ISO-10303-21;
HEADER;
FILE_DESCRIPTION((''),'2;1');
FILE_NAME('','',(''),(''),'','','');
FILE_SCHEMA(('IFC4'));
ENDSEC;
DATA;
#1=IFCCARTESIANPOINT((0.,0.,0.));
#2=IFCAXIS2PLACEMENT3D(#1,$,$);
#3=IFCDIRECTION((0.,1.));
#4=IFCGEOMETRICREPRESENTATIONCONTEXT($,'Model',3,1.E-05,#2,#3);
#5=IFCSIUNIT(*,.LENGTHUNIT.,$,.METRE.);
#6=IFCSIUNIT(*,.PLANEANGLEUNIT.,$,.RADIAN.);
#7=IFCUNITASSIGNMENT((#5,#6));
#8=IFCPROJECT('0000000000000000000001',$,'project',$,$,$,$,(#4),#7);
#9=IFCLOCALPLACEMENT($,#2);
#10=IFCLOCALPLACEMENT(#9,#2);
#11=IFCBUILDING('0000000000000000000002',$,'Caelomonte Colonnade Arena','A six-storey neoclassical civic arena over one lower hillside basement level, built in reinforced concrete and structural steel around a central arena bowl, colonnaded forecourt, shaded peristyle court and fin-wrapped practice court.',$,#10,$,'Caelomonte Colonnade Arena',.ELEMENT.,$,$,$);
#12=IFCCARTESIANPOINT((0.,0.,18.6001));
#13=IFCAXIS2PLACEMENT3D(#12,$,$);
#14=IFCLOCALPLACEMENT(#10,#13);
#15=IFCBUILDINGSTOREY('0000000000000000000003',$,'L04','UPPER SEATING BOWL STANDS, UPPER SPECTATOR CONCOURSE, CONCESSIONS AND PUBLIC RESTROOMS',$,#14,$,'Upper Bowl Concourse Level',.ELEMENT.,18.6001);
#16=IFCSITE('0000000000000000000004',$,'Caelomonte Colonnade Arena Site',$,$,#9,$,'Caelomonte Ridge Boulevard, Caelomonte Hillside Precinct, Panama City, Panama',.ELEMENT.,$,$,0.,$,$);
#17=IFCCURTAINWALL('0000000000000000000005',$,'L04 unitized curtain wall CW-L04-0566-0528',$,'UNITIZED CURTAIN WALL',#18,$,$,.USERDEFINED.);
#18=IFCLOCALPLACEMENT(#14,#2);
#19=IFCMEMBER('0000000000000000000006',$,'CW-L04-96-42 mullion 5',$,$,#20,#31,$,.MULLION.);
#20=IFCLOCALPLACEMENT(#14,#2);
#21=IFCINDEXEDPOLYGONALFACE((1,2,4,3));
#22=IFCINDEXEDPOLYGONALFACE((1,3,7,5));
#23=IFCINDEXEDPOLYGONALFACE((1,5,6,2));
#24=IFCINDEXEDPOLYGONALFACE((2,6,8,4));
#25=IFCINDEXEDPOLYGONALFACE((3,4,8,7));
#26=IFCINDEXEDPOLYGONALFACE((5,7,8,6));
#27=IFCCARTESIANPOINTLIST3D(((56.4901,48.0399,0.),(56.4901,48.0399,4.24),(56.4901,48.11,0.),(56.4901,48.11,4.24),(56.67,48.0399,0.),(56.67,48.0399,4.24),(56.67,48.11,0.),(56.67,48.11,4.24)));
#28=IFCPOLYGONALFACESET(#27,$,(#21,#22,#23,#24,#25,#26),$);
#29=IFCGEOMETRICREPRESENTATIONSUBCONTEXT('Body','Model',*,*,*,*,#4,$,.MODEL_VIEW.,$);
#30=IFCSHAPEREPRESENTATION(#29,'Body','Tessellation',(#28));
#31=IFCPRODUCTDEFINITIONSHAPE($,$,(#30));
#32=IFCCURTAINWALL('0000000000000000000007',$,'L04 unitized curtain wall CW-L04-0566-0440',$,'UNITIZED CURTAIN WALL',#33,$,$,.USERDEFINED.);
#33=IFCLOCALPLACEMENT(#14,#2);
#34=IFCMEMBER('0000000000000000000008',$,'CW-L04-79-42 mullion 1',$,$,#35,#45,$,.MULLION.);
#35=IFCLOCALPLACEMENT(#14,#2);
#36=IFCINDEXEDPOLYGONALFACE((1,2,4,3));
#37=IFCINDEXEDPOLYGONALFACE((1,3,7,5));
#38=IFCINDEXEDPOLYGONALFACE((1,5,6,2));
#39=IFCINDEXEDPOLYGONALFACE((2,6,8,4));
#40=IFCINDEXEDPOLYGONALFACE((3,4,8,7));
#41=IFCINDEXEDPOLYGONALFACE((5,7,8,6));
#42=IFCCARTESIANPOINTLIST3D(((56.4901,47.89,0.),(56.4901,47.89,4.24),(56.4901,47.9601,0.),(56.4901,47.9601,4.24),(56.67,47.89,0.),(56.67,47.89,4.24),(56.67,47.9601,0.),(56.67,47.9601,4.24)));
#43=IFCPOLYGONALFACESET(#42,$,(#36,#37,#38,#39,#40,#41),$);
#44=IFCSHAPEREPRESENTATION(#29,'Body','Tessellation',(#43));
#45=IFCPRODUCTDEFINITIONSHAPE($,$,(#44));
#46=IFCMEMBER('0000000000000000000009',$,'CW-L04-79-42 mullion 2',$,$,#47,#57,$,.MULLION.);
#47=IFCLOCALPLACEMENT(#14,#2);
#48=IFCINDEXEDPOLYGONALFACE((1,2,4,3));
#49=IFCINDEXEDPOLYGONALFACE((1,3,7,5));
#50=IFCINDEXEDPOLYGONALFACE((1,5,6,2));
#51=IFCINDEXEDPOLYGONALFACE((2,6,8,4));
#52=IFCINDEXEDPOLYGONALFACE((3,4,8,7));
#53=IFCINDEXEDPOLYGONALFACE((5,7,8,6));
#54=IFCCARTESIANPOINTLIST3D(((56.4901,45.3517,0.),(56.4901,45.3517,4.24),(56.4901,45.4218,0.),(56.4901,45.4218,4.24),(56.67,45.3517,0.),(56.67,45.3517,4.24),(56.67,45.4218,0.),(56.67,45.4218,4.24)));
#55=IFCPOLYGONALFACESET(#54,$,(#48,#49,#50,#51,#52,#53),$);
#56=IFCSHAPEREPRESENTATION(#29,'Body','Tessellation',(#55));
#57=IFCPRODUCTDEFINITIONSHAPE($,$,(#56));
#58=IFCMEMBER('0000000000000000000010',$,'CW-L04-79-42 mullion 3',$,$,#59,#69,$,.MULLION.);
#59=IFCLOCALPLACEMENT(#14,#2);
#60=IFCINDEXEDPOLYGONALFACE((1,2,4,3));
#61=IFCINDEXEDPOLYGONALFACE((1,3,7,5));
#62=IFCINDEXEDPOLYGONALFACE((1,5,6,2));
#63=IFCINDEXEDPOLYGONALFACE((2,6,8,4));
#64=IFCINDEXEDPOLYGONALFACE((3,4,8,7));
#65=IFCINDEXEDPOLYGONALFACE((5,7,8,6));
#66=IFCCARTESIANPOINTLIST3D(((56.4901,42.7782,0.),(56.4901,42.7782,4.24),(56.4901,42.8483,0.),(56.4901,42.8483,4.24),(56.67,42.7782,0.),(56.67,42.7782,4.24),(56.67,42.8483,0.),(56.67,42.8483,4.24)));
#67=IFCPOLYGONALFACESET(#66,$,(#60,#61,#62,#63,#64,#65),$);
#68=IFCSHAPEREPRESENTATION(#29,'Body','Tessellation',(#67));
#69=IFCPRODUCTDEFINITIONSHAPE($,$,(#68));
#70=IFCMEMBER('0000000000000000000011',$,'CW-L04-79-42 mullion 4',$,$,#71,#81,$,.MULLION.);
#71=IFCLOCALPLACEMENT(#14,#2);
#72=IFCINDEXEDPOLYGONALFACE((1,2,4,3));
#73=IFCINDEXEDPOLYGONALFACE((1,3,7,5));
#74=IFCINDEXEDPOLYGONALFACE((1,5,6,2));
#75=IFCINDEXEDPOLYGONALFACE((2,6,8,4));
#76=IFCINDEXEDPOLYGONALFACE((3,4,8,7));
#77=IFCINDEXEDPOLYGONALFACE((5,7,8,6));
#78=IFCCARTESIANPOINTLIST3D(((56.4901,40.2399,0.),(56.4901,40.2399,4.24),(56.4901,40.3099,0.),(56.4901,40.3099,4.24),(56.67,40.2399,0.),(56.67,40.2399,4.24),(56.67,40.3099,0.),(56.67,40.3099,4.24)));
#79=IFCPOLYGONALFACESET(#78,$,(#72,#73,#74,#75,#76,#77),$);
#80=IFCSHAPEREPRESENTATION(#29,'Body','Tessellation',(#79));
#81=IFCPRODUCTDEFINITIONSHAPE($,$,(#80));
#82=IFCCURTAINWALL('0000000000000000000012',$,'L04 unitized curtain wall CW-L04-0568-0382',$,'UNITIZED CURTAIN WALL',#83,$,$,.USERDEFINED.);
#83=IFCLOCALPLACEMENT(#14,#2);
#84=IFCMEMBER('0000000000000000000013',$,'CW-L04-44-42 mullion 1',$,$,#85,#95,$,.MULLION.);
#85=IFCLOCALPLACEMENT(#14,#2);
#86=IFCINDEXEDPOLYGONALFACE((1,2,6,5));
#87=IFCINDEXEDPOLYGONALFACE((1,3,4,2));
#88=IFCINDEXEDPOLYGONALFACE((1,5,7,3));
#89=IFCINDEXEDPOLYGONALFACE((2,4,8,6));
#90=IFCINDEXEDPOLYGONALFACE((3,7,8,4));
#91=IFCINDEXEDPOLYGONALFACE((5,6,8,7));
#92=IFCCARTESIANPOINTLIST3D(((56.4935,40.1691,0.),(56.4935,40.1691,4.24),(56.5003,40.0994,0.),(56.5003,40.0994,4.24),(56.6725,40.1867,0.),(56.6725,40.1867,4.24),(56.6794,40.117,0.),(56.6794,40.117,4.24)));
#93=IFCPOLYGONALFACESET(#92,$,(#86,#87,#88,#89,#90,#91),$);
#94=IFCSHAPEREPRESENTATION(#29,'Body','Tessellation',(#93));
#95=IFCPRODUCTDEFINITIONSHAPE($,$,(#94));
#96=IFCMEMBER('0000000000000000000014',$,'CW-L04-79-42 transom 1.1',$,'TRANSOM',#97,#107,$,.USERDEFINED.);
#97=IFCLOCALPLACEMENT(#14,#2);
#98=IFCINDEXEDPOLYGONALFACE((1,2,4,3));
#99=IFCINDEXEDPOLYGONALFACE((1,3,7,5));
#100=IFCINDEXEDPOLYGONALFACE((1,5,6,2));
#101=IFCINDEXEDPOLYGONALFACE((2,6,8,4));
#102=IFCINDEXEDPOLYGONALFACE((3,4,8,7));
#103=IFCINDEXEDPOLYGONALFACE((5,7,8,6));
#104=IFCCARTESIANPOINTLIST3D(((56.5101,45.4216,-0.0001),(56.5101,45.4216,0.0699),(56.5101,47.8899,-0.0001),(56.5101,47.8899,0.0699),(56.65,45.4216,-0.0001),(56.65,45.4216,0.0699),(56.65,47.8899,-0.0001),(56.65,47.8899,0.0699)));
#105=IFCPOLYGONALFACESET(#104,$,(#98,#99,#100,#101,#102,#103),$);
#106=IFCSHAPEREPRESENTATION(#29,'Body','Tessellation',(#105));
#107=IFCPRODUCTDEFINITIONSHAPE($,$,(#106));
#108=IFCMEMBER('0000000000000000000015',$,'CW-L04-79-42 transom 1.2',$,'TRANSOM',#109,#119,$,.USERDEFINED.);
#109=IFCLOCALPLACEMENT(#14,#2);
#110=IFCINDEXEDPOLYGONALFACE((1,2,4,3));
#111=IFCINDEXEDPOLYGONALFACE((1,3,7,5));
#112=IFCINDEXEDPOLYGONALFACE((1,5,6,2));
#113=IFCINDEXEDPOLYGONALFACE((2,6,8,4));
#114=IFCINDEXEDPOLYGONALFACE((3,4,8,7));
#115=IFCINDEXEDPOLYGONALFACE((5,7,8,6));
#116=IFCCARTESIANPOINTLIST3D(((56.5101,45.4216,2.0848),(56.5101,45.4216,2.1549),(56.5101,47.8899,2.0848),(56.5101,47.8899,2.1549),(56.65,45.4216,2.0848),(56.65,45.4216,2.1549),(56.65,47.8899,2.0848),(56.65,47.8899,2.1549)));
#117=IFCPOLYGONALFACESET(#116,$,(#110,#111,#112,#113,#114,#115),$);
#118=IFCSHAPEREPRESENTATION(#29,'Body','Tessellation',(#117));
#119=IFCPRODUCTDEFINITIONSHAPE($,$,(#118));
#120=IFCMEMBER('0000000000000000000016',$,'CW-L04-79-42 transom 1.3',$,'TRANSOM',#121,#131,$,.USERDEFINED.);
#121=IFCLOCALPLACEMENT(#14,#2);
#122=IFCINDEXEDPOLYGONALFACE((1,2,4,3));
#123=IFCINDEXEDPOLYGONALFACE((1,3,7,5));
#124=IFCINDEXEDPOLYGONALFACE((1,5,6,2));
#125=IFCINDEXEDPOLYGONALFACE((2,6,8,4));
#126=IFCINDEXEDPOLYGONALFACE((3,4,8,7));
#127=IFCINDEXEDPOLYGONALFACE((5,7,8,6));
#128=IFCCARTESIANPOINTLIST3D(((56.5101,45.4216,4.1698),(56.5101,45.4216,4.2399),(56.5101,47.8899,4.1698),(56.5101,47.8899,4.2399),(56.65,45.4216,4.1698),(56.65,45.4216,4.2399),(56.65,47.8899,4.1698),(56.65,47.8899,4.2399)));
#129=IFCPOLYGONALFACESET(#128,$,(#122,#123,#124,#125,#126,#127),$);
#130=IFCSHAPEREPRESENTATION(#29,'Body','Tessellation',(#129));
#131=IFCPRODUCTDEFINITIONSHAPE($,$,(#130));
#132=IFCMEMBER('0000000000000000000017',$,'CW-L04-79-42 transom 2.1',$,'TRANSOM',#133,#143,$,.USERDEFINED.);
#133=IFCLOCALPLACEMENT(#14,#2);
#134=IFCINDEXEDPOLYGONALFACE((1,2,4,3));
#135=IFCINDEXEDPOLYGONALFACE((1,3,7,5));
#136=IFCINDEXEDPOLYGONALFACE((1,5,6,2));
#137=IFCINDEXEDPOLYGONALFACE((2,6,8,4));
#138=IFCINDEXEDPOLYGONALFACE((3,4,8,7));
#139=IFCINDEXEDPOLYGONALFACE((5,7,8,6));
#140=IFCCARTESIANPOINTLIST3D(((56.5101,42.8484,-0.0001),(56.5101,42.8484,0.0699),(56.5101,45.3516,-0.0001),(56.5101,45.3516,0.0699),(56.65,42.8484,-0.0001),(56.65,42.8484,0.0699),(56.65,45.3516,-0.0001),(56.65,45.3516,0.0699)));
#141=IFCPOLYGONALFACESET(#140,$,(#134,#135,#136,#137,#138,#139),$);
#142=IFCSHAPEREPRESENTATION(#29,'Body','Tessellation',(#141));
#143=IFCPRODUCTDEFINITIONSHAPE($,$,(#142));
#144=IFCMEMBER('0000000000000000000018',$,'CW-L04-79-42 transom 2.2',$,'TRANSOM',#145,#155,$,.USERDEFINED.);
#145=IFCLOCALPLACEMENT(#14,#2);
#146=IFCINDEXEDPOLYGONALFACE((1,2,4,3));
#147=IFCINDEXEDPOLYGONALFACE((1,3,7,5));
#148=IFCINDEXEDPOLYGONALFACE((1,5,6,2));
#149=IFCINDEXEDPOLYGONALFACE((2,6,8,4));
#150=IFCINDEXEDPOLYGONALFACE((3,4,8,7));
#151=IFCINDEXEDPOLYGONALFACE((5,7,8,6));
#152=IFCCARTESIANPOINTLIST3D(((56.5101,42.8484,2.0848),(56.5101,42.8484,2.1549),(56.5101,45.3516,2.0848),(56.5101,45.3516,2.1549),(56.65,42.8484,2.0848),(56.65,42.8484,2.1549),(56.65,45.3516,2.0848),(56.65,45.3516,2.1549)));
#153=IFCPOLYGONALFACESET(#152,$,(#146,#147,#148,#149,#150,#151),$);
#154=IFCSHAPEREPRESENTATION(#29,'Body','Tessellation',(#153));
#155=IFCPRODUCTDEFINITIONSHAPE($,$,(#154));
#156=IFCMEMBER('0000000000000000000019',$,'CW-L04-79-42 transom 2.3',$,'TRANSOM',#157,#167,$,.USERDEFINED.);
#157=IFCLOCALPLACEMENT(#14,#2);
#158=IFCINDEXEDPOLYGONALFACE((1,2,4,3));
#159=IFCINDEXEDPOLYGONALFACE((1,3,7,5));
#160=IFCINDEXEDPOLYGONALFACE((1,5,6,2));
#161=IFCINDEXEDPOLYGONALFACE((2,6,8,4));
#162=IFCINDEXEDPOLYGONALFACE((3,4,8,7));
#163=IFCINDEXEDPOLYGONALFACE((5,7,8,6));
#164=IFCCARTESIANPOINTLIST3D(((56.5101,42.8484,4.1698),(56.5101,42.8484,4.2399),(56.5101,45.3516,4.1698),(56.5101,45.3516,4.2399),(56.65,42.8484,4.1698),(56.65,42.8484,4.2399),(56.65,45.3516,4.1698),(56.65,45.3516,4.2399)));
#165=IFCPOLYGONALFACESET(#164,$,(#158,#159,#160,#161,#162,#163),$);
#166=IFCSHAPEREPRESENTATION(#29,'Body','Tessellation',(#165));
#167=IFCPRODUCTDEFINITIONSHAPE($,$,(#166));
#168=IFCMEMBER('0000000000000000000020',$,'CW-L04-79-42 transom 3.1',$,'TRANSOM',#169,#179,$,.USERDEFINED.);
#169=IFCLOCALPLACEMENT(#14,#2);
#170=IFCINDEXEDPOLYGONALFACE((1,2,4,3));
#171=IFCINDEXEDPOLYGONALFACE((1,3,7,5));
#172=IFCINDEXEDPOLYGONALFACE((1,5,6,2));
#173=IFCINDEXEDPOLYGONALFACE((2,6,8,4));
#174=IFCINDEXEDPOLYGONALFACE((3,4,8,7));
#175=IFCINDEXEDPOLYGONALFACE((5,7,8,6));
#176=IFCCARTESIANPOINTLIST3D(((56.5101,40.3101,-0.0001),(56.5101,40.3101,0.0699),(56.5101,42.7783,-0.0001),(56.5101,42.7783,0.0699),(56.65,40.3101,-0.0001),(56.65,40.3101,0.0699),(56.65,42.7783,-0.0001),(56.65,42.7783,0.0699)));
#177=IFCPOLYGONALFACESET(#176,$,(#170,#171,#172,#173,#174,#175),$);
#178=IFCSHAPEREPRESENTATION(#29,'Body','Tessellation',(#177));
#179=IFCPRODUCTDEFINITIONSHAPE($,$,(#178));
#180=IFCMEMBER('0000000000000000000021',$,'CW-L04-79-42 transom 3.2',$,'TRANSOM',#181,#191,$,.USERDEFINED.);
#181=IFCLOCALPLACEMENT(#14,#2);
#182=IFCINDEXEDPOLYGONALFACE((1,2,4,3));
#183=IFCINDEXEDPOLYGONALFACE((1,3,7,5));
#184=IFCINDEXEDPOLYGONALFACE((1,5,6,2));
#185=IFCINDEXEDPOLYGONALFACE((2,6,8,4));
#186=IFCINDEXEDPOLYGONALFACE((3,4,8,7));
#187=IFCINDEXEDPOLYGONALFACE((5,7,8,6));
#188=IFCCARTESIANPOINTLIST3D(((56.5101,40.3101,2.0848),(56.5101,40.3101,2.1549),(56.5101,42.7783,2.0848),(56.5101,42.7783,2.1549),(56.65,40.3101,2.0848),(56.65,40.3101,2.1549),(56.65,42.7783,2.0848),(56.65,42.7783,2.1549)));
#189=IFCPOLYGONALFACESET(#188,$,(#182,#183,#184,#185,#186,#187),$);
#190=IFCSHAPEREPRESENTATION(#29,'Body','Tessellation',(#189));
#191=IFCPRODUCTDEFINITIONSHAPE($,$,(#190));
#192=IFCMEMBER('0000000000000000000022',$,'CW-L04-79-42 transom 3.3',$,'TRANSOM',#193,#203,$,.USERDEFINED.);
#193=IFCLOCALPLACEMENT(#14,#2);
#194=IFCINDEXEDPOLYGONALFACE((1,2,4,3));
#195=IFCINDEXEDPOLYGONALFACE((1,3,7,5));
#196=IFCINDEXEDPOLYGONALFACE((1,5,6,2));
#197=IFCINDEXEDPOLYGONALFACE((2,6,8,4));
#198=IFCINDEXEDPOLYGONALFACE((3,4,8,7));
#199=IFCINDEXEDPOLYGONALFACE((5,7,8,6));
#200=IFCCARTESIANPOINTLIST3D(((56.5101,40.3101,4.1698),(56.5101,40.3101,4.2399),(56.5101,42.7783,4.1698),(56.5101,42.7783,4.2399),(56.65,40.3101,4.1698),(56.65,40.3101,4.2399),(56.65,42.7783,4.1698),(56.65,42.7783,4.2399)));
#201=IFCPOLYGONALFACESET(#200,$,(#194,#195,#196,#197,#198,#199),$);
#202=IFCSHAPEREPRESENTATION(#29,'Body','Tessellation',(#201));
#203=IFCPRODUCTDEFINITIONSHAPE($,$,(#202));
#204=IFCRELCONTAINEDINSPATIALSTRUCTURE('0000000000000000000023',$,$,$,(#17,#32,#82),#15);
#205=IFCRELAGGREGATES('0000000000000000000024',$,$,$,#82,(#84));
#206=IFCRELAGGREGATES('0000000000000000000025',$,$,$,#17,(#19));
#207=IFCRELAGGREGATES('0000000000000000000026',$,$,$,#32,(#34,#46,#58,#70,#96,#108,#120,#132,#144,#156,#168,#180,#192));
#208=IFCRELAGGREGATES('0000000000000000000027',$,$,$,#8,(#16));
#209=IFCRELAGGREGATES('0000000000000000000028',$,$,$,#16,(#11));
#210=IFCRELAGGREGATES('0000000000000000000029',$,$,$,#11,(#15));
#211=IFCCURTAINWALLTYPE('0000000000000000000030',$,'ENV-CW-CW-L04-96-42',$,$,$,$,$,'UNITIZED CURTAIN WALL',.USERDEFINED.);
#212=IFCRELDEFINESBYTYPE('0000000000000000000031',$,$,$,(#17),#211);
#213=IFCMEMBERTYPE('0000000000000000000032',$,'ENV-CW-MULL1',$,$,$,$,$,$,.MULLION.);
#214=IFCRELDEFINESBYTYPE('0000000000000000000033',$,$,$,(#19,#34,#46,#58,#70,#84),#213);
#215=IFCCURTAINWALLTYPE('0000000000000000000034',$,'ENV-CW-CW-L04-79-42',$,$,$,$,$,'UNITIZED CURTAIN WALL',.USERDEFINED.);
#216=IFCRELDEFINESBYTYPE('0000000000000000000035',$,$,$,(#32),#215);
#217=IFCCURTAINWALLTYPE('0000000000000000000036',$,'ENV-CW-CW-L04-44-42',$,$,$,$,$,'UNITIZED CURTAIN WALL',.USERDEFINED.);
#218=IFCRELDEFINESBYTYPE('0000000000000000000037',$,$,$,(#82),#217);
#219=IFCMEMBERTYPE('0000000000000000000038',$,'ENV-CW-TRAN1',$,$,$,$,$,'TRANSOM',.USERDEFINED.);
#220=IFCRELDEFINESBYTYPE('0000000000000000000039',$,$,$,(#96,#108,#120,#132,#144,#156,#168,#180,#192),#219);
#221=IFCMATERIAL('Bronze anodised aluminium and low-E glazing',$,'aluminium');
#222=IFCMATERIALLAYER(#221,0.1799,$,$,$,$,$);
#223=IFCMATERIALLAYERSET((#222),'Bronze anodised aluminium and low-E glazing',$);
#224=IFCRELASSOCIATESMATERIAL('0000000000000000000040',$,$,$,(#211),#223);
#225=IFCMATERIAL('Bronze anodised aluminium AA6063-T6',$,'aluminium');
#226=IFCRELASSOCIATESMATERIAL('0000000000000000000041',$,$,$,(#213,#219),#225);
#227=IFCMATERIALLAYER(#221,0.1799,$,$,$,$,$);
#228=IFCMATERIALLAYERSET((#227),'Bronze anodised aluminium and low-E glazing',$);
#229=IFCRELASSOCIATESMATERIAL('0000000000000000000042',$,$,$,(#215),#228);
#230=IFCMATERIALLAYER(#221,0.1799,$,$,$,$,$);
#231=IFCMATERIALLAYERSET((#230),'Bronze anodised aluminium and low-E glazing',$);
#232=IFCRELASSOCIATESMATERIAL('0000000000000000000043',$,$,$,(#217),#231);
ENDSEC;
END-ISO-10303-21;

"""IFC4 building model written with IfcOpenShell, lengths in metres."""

from ifc_helpers import new_model, si_unit, direction, frame, origin, origin_2d, place, context, subcontext, project, spatial, rectangle, extrude, material, layer, layer_set, material_profile, profile_set, type_object, element, aggregate, save


model = new_model("IFC4")

# Units and contexts
model_context = context("Model", 3, precision=1e-05, world=origin(), true_north=direction((0.0, 1.0)))
body_context = subcontext(model_context, "Body", "Model", "MODEL_VIEW")
ifc_project = project(units=[si_unit("LENGTHUNIT", "METRE"), si_unit("PLANEANGLEUNIT", "RADIAN")], contexts=[model_context])

# Site, building, storey
site_placement = place(None, origin())
site = spatial("IfcSite", under=ifc_project, at=site_placement, Name="Caelomonte Colonnade Arena Site", LongName="Caelomonte Ridge Boulevard, Caelomonte Hillside Precinct, Panama City, Panama", CompositionType="ELEMENT", RefElevation=0.0)
building_placement = place(site_placement, origin())
building = spatial("IfcBuilding", under=site, at=building_placement, Name="Caelomonte Colonnade Arena", Description="A six-storey neoclassical civic arena over one lower hillside basement level, built in reinforced concrete and structural steel around a central arena bowl, colonnaded forecourt, shaded peristyle court and fin-wrapped practice court.", LongName="Caelomonte Colonnade Arena", CompositionType="ELEMENT")
storey_placement = place(building_placement, frame((0.0, 0.0, 18.6001)))
storey = spatial("IfcBuildingStorey", under=building, at=storey_placement, Name="L04", Description="UPPER SEATING BOWL STANDS, UPPER SPECTATOR CONCOURSE, CONCESSIONS AND PUBLIC RESTROOMS", LongName="Upper Bowl Concourse Level", CompositionType="ELEMENT", Elevation=18.6001)

# Curtain wall, member
ifc_material_1 = material(Name="Bronze anodised aluminium and low-E glazing", Category="aluminium")
ifc_layer_1 = layer(ifc_material_1, 0.1799)
ifc_layer_set_1 = layer_set([ifc_layer_1], Name="Bronze anodised aluminium and low-E glazing")
curtain_wall_type_1 = type_object("IfcCurtainWallType", Name="ENV-CW-CW-L04-96-42", ElementType="UNITIZED CURTAIN WALL", PredefinedType="USERDEFINED", material=ifc_layer_set_1)
curtain_wall_1_placement = place(storey_placement, origin())
curtain_wall_1 = element("IfcCurtainWall", 1, at=curtain_wall_1_placement, inside=storey, type_object=curtain_wall_type_1, Name="L04 unitized curtain wall CW-L04-0566-0528", ObjectType="UNITIZED CURTAIN WALL", PredefinedType="USERDEFINED")
ifc_material_2 = material(Name="Bronze anodised aluminium AA6063-T6", Category="aluminium")
ifc_material_profile_1 = material_profile(ifc_material_2, rectangle(XDim=0.0701, YDim=0.1799, at=origin_2d()), Name="CWM-70X180")
ifc_profile_set_1 = profile_set([ifc_material_profile_1], Name="Bronze anodised aluminium AA6063-T6")
member_type_1 = type_object("IfcMemberType", Name="ENV-CW-MULL1", PredefinedType="MULLION", material=ifc_profile_set_1)
member_1_placement = place(storey_placement, frame((56.5801, 48.075, 0.0), z_axis=(0.0, 0.0, 1.0), x_axis=(0.0, -1.0, 0.0)))
member_1 = element("IfcMember", 2, at=member_1_placement, type_object=member_type_1, Name="CW-L04-96-42 mullion 5", PredefinedType="MULLION", context=body_context, shape_type="SweptSolid", body=[
    extrude(rectangle(XDim=0.0701, YDim=0.1799, at=origin_2d()), origin(), (0.0, 0.0, 1.0), 4.24),
])

# Curtain wall, members
ifc_layer_2 = layer(ifc_material_1, 0.1799)
ifc_layer_set_2 = layer_set([ifc_layer_2], Name="Bronze anodised aluminium and low-E glazing")
curtain_wall_type_2 = type_object("IfcCurtainWallType", Name="ENV-CW-CW-L04-79-42", ElementType="UNITIZED CURTAIN WALL", PredefinedType="USERDEFINED", material=ifc_layer_set_2)
curtain_wall_2_placement = place(storey_placement, origin())
curtain_wall_2 = element("IfcCurtainWall", 3, at=curtain_wall_2_placement, inside=storey, type_object=curtain_wall_type_2, Name="L04 unitized curtain wall CW-L04-0566-0440", ObjectType="UNITIZED CURTAIN WALL", PredefinedType="USERDEFINED")
member_2_placement = place(storey_placement, frame((56.5801, 47.925, 0.0), z_axis=(0.0, 0.0, 1.0), x_axis=(0.0, -1.0, 0.0)))
member_2 = element("IfcMember", 4, at=member_2_placement, type_object=member_type_1, Name="CW-L04-79-42 mullion 1", PredefinedType="MULLION", context=body_context, shape_type="SweptSolid", body=[
    extrude(rectangle(XDim=0.0701, YDim=0.1799, at=origin_2d()), origin(), (0.0, 0.0, 1.0), 4.24),
])
member_3_placement = place(storey_placement, frame((56.5801, 45.3867, 0.0), z_axis=(0.0, 0.0, 1.0), x_axis=(0.0, -1.0, 0.0)))
member_3 = element("IfcMember", 5, at=member_3_placement, type_object=member_type_1, Name="CW-L04-79-42 mullion 2", PredefinedType="MULLION", context=body_context, shape_type="SweptSolid", body=[
    extrude(rectangle(XDim=0.0701, YDim=0.1799, at=origin_2d()), origin(), (0.0, 0.0, 1.0), 4.24),
])
member_4_placement = place(storey_placement, frame((56.5801, 42.8132, 0.0), z_axis=(0.0, 0.0, 1.0), x_axis=(0.0, -1.0, 0.0)))
member_4 = element("IfcMember", 6, at=member_4_placement, type_object=member_type_1, Name="CW-L04-79-42 mullion 3", PredefinedType="MULLION", context=body_context, shape_type="SweptSolid", body=[
    extrude(rectangle(XDim=0.0701, YDim=0.1799, at=origin_2d()), origin(), (0.0, 0.0, 1.0), 4.24),
])
member_5_placement = place(storey_placement, frame((56.5801, 40.2749, 0.0), z_axis=(0.0, 0.0, 1.0), x_axis=(0.0, -1.0, 0.0)))
member_5 = element("IfcMember", 7, at=member_5_placement, type_object=member_type_1, Name="CW-L04-79-42 mullion 4", PredefinedType="MULLION", context=body_context, shape_type="SweptSolid", body=[
    extrude(rectangle(XDim=0.0701, YDim=0.1799, at=origin_2d()), origin(), (0.0, 0.0, 1.0), 4.24),
])

# Curtain wall, member
ifc_layer_3 = layer(ifc_material_1, 0.1799)
ifc_layer_set_3 = layer_set([ifc_layer_3], Name="Bronze anodised aluminium and low-E glazing")
curtain_wall_type_3 = type_object("IfcCurtainWallType", Name="ENV-CW-CW-L04-44-42", ElementType="UNITIZED CURTAIN WALL", PredefinedType="USERDEFINED", material=ifc_layer_set_3)
curtain_wall_3_placement = place(storey_placement, origin())
curtain_wall_3 = element("IfcCurtainWall", 8, at=curtain_wall_3_placement, inside=storey, type_object=curtain_wall_type_3, Name="L04 unitized curtain wall CW-L04-0568-0382", ObjectType="UNITIZED CURTAIN WALL", PredefinedType="USERDEFINED")
member_6_placement = place(storey_placement, frame((56.5864, 40.1431, 0.0), z_axis=(0.0, 0.0, 1.0), x_axis=(0.098002, -0.995186, 0.0)))
member_6 = element("IfcMember", 9, at=member_6_placement, type_object=member_type_1, Name="CW-L04-44-42 mullion 1", PredefinedType="MULLION", context=body_context, shape_type="SweptSolid", body=[
    extrude(rectangle(XDim=0.0701, YDim=0.1799, at=origin_2d()), origin(), (0.0, 0.0, 1.0), 4.24),
])

# Members
ifc_material_profile_2 = material_profile(ifc_material_2, rectangle(XDim=0.0701, YDim=0.1399, at=origin_2d()), Name="CWT-70X140")
ifc_profile_set_2 = profile_set([ifc_material_profile_2], Name="Bronze anodised aluminium AA6063-T6")
member_type_2 = type_object("IfcMemberType", Name="ENV-CW-TRAN1", ElementType="TRANSOM", PredefinedType="USERDEFINED", material=ifc_profile_set_2)
member_7_placement = place(storey_placement, frame((56.5801, 47.8899, 0.0349), z_axis=(0.0, -1.0, 0.0), x_axis=(0.0, 0.0, 1.0)))
member_7 = element("IfcMember", 10, at=member_7_placement, type_object=member_type_2, Name="CW-L04-79-42 transom 1.1", ObjectType="TRANSOM", PredefinedType="USERDEFINED", context=body_context, shape_type="SweptSolid", body=[
    extrude(rectangle(XDim=0.0701, YDim=0.1399, at=origin_2d()), origin(), (0.0, 0.0, 1.0), 2.4683),
])
member_8_placement = place(storey_placement, frame((56.5801, 47.8899, 2.1199), z_axis=(0.0, -1.0, 0.0), x_axis=(0.0, 0.0, 1.0)))
member_8 = element("IfcMember", 11, at=member_8_placement, type_object=member_type_2, Name="CW-L04-79-42 transom 1.2", ObjectType="TRANSOM", PredefinedType="USERDEFINED", context=body_context, shape_type="SweptSolid", body=[
    extrude(rectangle(XDim=0.0701, YDim=0.1399, at=origin_2d()), origin(), (0.0, 0.0, 1.0), 2.4683),
])
member_9_placement = place(storey_placement, frame((56.5801, 47.8899, 4.2048), z_axis=(0.0, -1.0, 0.0), x_axis=(0.0, 0.0, 1.0)))
member_9 = element("IfcMember", 12, at=member_9_placement, type_object=member_type_2, Name="CW-L04-79-42 transom 1.3", ObjectType="TRANSOM", PredefinedType="USERDEFINED", context=body_context, shape_type="SweptSolid", body=[
    extrude(rectangle(XDim=0.0701, YDim=0.1399, at=origin_2d()), origin(), (0.0, 0.0, 1.0), 2.4683),
])
member_10_placement = place(storey_placement, frame((56.5801, 45.3516, 0.0349), z_axis=(0.0, -1.0, 0.0), x_axis=(0.0, 0.0, 1.0)))
member_10 = element("IfcMember", 13, at=member_10_placement, type_object=member_type_2, Name="CW-L04-79-42 transom 2.1", ObjectType="TRANSOM", PredefinedType="USERDEFINED", context=body_context, shape_type="SweptSolid", body=[
    extrude(rectangle(XDim=0.0701, YDim=0.1399, at=origin_2d()), origin(), (0.0, 0.0, 1.0), 2.5032),
])
member_11_placement = place(storey_placement, frame((56.5801, 45.3516, 2.1199), z_axis=(0.0, -1.0, 0.0), x_axis=(0.0, 0.0, 1.0)))
member_11 = element("IfcMember", 14, at=member_11_placement, type_object=member_type_2, Name="CW-L04-79-42 transom 2.2", ObjectType="TRANSOM", PredefinedType="USERDEFINED", context=body_context, shape_type="SweptSolid", body=[
    extrude(rectangle(XDim=0.0701, YDim=0.1399, at=origin_2d()), origin(), (0.0, 0.0, 1.0), 2.5032),
])
member_12_placement = place(storey_placement, frame((56.5801, 45.3516, 4.2048), z_axis=(0.0, -1.0, 0.0), x_axis=(0.0, 0.0, 1.0)))
member_12 = element("IfcMember", 15, at=member_12_placement, type_object=member_type_2, Name="CW-L04-79-42 transom 2.3", ObjectType="TRANSOM", PredefinedType="USERDEFINED", context=body_context, shape_type="SweptSolid", body=[
    extrude(rectangle(XDim=0.0701, YDim=0.1399, at=origin_2d()), origin(), (0.0, 0.0, 1.0), 2.5032),
])
member_13_placement = place(storey_placement, frame((56.5801, 42.7783, 0.0349), z_axis=(0.0, -1.0, 0.0), x_axis=(0.0, 0.0, 1.0)))
member_13 = element("IfcMember", 16, at=member_13_placement, type_object=member_type_2, Name="CW-L04-79-42 transom 3.1", ObjectType="TRANSOM", PredefinedType="USERDEFINED", context=body_context, shape_type="SweptSolid", body=[
    extrude(rectangle(XDim=0.0701, YDim=0.1399, at=origin_2d()), origin(), (0.0, 0.0, 1.0), 2.4683),
])
member_14_placement = place(storey_placement, frame((56.5801, 42.7783, 2.1199), z_axis=(0.0, -1.0, 0.0), x_axis=(0.0, 0.0, 1.0)))
member_14 = element("IfcMember", 17, at=member_14_placement, type_object=member_type_2, Name="CW-L04-79-42 transom 3.2", ObjectType="TRANSOM", PredefinedType="USERDEFINED", context=body_context, shape_type="SweptSolid", body=[
    extrude(rectangle(XDim=0.0701, YDim=0.1399, at=origin_2d()), origin(), (0.0, 0.0, 1.0), 2.4683),
])
member_15_placement = place(storey_placement, frame((56.5801, 42.7783, 4.2048), z_axis=(0.0, -1.0, 0.0), x_axis=(0.0, 0.0, 1.0)))
member_15 = element("IfcMember", 18, at=member_15_placement, type_object=member_type_2, Name="CW-L04-79-42 transom 3.3", ObjectType="TRANSOM", PredefinedType="USERDEFINED", context=body_context, shape_type="SweptSolid", body=[
    extrude(rectangle(XDim=0.0701, YDim=0.1399, at=origin_2d()), origin(), (0.0, 0.0, 1.0), 2.4683),
])
aggregate(curtain_wall_3, [member_6])

aggregate(curtain_wall_1, [member_1])
aggregate(curtain_wall_2, [member_2, member_3, member_4, member_5, member_7, member_8, member_9, member_10, member_11, member_12, member_13, member_14, member_15])

save(model, "model.ifc")
